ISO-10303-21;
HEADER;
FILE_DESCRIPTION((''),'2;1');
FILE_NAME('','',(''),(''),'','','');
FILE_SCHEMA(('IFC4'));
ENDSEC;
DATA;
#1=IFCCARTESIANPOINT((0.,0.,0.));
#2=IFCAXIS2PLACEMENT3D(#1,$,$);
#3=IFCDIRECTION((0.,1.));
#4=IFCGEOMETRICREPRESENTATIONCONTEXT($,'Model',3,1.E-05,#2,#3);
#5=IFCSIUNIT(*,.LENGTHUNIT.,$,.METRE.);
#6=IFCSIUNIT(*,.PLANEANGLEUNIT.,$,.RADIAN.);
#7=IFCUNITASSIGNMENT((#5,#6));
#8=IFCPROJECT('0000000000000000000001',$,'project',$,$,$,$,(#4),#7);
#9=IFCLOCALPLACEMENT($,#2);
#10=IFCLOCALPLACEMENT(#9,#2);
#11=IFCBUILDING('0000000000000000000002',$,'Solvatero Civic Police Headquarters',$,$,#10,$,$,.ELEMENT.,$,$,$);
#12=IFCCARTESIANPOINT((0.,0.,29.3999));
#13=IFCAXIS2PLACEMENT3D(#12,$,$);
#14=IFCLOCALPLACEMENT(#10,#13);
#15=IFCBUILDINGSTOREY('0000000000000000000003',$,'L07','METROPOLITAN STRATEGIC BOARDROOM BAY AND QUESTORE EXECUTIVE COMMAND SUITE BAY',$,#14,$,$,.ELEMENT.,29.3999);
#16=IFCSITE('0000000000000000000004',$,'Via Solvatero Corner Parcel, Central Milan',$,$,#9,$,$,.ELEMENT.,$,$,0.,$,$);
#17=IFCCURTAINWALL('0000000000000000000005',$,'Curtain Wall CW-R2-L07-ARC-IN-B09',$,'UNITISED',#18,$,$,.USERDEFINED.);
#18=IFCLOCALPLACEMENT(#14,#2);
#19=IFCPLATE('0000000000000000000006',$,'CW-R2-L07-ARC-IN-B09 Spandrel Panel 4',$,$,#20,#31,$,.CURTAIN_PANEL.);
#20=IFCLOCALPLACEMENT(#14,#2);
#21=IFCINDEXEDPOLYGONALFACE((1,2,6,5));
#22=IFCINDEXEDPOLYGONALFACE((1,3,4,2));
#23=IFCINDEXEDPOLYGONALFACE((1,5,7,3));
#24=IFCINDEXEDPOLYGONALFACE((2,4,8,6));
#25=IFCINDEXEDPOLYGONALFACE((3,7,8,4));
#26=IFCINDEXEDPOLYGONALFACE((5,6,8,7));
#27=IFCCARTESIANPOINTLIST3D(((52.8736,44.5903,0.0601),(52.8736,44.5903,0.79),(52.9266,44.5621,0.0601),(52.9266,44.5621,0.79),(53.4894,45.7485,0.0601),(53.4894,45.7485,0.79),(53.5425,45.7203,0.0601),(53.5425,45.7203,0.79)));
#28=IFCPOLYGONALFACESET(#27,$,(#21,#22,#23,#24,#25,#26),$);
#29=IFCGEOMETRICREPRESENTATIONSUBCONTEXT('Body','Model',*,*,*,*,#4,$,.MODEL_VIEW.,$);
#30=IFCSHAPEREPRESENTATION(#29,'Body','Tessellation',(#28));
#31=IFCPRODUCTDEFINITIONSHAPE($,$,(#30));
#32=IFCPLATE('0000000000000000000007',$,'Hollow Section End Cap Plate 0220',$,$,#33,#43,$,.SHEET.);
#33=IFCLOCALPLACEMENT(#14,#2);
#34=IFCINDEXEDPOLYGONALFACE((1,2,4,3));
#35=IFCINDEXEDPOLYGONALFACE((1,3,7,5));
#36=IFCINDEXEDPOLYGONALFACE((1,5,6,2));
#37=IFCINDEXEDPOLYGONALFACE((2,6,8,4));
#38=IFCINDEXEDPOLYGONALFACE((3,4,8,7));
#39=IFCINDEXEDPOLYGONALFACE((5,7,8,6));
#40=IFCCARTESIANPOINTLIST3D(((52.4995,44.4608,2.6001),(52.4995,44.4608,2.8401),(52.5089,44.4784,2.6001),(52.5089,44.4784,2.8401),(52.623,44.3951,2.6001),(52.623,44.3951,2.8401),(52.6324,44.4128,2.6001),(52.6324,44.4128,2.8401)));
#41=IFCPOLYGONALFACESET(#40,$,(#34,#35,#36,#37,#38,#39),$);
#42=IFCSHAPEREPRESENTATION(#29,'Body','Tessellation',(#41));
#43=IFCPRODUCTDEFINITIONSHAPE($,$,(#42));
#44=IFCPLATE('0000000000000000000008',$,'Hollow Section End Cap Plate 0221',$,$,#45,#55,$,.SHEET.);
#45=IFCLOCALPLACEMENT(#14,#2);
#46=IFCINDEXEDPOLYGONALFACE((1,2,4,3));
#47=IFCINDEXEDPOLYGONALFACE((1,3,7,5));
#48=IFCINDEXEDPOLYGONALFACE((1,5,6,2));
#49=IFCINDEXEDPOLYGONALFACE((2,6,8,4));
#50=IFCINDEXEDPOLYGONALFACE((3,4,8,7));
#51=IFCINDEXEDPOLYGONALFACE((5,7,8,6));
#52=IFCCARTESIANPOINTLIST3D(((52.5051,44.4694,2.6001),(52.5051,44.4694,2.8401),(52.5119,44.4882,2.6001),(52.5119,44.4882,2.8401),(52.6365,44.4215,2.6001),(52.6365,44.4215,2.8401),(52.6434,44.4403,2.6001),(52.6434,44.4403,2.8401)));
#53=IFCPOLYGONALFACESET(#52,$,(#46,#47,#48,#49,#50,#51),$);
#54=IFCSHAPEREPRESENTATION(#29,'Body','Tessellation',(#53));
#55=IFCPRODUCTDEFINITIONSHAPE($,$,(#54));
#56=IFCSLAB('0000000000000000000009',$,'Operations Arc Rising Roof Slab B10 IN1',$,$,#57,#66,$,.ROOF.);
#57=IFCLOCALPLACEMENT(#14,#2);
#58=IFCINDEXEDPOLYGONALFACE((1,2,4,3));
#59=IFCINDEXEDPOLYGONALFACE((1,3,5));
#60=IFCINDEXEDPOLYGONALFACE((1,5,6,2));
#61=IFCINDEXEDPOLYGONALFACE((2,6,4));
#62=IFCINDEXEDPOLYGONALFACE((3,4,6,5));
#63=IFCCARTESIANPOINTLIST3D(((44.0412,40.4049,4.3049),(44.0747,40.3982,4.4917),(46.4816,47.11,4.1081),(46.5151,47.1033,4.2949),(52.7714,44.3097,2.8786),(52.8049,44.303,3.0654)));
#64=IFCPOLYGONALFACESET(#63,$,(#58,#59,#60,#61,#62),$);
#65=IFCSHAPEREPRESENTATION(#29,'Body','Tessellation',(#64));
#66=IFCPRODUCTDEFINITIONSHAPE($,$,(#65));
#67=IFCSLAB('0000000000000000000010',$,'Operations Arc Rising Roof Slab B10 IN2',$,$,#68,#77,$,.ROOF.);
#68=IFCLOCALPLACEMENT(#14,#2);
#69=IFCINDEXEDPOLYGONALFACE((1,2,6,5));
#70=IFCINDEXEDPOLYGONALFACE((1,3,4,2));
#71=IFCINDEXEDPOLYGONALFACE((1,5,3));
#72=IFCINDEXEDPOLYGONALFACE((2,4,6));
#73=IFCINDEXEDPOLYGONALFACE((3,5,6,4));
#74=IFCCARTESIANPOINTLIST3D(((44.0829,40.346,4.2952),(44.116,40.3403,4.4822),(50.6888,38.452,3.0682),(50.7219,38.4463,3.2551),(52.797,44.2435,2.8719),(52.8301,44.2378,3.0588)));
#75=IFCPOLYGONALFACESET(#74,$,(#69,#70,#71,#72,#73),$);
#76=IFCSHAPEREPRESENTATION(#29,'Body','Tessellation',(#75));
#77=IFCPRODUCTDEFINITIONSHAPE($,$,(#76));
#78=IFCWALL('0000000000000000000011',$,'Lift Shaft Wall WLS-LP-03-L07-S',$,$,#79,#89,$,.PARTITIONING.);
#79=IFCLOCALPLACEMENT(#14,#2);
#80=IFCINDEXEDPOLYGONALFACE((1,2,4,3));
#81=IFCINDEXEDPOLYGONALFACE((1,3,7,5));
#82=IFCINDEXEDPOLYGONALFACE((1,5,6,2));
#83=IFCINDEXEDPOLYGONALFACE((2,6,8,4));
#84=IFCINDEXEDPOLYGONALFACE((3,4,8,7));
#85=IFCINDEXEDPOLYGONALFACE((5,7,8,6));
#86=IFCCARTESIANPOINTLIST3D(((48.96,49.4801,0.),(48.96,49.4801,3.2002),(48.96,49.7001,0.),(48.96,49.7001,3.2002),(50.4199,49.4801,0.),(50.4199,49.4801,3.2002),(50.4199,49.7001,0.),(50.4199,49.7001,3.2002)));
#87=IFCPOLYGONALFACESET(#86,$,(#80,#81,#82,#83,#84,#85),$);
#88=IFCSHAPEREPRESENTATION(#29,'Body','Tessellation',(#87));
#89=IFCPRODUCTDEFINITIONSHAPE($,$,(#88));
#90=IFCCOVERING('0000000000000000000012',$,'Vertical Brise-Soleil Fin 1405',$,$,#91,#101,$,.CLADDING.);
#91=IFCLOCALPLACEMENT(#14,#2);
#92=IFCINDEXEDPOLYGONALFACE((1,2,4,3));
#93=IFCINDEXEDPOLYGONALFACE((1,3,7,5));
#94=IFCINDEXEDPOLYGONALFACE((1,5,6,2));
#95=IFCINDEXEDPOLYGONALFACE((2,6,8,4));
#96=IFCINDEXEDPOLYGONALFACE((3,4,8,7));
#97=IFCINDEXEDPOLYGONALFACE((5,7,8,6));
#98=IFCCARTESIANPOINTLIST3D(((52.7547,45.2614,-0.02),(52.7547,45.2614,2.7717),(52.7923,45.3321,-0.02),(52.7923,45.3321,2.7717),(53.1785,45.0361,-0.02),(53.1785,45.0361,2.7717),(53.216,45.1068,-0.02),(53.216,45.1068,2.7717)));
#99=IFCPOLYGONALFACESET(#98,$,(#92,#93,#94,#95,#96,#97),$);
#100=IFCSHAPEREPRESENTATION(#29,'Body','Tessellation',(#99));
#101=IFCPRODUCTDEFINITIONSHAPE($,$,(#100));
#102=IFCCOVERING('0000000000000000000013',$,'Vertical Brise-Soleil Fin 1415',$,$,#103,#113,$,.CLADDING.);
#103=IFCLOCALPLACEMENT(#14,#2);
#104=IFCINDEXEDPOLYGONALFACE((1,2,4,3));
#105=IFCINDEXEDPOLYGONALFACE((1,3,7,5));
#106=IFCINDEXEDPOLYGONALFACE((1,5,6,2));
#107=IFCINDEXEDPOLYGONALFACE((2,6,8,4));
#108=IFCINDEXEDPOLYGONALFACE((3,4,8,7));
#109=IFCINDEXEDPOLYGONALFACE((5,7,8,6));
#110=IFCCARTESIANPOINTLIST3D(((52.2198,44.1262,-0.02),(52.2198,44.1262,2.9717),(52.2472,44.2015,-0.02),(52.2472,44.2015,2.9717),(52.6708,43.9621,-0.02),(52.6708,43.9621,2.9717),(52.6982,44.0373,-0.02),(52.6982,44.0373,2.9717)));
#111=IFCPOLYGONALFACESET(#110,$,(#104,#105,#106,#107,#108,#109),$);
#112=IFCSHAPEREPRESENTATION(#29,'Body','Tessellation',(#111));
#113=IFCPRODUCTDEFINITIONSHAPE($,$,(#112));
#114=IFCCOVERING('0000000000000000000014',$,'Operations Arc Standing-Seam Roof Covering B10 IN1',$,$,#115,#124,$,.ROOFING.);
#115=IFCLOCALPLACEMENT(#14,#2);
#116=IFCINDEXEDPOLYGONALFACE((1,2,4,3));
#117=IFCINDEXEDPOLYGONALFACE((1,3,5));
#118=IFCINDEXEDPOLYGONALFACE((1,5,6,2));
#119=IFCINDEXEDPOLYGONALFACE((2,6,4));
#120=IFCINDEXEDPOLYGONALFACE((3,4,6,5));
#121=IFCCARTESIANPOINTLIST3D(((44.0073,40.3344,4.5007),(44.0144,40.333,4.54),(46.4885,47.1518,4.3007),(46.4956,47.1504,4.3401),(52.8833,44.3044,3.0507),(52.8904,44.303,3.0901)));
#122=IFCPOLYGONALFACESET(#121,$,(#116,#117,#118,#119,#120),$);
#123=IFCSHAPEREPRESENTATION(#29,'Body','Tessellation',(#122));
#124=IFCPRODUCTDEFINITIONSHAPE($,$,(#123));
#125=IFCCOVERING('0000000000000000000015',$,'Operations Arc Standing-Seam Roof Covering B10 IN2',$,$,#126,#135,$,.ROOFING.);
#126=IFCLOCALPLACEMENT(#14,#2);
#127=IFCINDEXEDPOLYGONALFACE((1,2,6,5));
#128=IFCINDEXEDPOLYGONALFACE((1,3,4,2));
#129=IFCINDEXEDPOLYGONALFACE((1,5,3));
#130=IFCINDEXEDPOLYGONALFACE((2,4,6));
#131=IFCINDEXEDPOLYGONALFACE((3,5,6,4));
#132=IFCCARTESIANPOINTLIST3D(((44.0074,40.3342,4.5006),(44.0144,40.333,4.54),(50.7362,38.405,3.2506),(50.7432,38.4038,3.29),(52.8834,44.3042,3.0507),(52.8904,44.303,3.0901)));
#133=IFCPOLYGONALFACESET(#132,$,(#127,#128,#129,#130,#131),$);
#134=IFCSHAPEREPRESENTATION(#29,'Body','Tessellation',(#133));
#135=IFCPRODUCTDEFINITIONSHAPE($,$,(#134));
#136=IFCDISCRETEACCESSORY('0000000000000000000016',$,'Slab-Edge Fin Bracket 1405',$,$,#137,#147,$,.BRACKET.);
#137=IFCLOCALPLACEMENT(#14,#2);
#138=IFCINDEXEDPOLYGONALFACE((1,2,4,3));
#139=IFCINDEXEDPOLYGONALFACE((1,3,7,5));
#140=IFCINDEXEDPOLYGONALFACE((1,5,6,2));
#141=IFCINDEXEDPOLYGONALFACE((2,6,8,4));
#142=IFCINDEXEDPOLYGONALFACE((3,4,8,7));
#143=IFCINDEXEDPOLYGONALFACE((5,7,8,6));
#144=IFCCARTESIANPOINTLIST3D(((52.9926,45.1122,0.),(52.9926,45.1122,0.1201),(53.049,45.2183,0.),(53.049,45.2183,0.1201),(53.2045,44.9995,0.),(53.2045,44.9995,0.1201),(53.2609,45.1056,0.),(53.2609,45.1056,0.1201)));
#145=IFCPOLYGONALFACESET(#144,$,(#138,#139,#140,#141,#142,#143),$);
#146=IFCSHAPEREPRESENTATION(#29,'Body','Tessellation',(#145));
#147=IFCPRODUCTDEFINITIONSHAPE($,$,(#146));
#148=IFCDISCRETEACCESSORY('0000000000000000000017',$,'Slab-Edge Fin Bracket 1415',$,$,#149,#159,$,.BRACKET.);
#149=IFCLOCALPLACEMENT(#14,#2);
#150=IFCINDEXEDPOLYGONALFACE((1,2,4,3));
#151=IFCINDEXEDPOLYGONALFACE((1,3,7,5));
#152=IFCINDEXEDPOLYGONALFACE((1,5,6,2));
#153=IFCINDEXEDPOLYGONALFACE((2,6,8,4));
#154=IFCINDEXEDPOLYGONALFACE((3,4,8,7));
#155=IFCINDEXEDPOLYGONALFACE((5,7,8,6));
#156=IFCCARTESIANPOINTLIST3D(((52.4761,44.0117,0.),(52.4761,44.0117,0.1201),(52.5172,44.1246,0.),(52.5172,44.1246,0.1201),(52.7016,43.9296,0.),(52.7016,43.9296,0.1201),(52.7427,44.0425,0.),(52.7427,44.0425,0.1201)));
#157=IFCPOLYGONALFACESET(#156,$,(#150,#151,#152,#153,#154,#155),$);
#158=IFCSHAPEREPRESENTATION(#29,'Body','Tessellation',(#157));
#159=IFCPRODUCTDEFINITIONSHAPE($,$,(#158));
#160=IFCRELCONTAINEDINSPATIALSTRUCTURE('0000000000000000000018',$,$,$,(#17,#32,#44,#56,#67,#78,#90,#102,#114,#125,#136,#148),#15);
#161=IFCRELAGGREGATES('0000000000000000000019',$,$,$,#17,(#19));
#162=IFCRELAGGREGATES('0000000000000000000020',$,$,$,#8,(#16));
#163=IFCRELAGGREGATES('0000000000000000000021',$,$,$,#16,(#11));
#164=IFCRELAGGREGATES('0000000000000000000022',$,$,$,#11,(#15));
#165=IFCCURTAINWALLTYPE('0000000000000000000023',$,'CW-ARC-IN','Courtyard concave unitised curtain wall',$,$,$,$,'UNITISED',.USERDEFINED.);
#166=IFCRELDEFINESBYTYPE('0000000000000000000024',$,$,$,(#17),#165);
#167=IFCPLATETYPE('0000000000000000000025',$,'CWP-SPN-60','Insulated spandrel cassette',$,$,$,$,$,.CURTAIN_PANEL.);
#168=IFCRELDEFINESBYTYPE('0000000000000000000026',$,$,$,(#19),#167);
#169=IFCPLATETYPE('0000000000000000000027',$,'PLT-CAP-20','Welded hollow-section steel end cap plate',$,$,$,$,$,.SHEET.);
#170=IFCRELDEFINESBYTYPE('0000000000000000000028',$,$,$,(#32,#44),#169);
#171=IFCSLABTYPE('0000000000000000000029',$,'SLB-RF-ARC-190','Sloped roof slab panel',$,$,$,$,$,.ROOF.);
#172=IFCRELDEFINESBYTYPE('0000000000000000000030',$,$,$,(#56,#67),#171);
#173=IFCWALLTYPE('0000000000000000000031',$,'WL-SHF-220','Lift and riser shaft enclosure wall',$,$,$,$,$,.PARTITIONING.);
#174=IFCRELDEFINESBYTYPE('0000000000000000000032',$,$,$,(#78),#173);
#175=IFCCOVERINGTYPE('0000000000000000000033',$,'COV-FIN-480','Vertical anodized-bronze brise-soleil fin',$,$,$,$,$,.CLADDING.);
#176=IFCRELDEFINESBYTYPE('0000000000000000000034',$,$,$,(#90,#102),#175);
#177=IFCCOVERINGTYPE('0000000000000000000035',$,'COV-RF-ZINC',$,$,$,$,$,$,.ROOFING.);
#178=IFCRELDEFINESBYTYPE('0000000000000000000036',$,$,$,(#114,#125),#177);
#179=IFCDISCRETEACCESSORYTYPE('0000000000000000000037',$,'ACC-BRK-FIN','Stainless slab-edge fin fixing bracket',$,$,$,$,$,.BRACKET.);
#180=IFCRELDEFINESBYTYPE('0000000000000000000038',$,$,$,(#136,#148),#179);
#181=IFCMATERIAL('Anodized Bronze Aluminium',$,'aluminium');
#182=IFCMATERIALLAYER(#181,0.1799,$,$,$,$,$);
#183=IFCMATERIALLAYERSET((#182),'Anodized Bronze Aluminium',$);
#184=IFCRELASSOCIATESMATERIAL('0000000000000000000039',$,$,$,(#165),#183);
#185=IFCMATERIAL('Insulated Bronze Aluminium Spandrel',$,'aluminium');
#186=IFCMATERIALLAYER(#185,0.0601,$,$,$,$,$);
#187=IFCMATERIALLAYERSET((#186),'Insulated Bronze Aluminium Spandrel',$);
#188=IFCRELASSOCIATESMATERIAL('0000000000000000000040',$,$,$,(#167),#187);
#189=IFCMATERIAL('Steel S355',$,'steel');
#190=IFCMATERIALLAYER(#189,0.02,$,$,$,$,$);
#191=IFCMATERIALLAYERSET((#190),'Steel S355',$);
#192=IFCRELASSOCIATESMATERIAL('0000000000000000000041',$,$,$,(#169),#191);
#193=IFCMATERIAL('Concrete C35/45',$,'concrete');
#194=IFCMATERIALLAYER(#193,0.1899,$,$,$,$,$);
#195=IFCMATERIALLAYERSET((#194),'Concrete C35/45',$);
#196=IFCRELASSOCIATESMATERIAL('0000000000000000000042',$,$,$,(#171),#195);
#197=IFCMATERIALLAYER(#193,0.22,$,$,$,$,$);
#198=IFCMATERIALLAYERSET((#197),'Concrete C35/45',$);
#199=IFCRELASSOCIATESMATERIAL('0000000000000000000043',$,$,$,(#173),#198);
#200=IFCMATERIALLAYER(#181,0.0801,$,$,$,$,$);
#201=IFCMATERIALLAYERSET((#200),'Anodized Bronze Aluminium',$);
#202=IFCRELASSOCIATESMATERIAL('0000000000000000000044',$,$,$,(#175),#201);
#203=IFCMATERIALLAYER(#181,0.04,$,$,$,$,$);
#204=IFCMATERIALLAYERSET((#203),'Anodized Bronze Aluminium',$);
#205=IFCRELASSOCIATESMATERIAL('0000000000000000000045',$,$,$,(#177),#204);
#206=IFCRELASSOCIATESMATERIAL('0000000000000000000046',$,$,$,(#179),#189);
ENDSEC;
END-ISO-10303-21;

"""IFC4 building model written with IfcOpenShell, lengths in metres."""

from ifc_helpers import new_model, si_unit, direction, frame, frame_2d, origin, origin_2d, place, context, subcontext, project, spatial, polyline, rectangle, outline, extrude, material, layer, layer_set, type_object, element, aggregate, save


model = new_model("IFC4")

# Units and contexts
model_context = context("Model", 3, precision=1e-05, world=origin(), true_north=direction((0.0, 1.0)))
body_context = subcontext(model_context, "Body", "Model", "MODEL_VIEW")
ifc_project = project(units=[si_unit("LENGTHUNIT", "METRE"), si_unit("PLANEANGLEUNIT", "RADIAN")], contexts=[model_context])

# Site, building, storey
site_placement = place(None, origin())
site = spatial("IfcSite", under=ifc_project, at=site_placement, Name="Via Solvatero Corner Parcel, Central Milan", CompositionType="ELEMENT", RefElevation=0.0)
building_placement = place(site_placement, origin())
building = spatial("IfcBuilding", under=site, at=building_placement, Name="Solvatero Civic Police Headquarters", CompositionType="ELEMENT")
storey_placement = place(building_placement, frame((0.0, 0.0, 29.3999)))
storey = spatial("IfcBuildingStorey", under=building, at=storey_placement, Name="L07", Description="METROPOLITAN STRATEGIC BOARDROOM BAY AND QUESTORE EXECUTIVE COMMAND SUITE BAY", CompositionType="ELEMENT", Elevation=29.3999)

# Shared definitions
ifc_material_1 = material(Name="Steel S355", Category="steel")

# Curtain wall
ifc_material_2 = material(Name="Anodized Bronze Aluminium", Category="aluminium")
ifc_layer_1 = layer(ifc_material_2, 0.1799)
ifc_layer_set_1 = layer_set([ifc_layer_1], Name="Anodized Bronze Aluminium")
curtain_wall_type = type_object("IfcCurtainWallType", Name="CW-ARC-IN", Description="Courtyard concave unitised curtain wall", ElementType="UNITISED", PredefinedType="USERDEFINED", material=ifc_layer_set_1)
curtain_wall_1_placement = place(storey_placement, origin())
curtain_wall_1 = element("IfcCurtainWall", 1, at=curtain_wall_1_placement, inside=storey, type_object=curtain_wall_type, Name="Curtain Wall CW-R2-L07-ARC-IN-B09", ObjectType="UNITISED", PredefinedType="USERDEFINED")

# Plate
ifc_material_3 = material(Name="Insulated Bronze Aluminium Spandrel", Category="aluminium")
ifc_layer_2 = layer(ifc_material_3, 0.0601)
ifc_layer_set_2 = layer_set([ifc_layer_2], Name="Insulated Bronze Aluminium Spandrel")
plate_type_1 = type_object("IfcPlateType", Name="CWP-SPN-60", Description="Insulated spandrel cassette", PredefinedType="CURTAIN_PANEL", material=ifc_layer_set_2)
plate_placement = place(storey_placement, frame((53.208, 45.1553, 0.0601), z_axis=(0.0, 0.0, 1.0), x_axis=(-0.469487, -0.882939, 0.0)))
plate = element("IfcPlate", 2, at=plate_placement, type_object=plate_type_1, Name="CW-R2-L07-ARC-IN-B09 Spandrel Panel 4", PredefinedType="CURTAIN_PANEL", context=body_context, shape_type="SweptSolid", body=[
    extrude(rectangle(XDim=1.3118, YDim=0.0601, at=origin_2d()), origin(), (0.0, 0.0, 1.0), 0.73),
])
aggregate(curtain_wall_1, [plate])

# Plates
ifc_layer_3 = layer(ifc_material_1, 0.02)
ifc_layer_set_3 = layer_set([ifc_layer_3], Name="Steel S355")
plate_type_2 = type_object("IfcPlateType", Name="PLT-CAP-20", Description="Welded hollow-section steel end cap plate", PredefinedType="SHEET", material=ifc_layer_set_3)
for number, where, z_axis, x_axis, name in (
    (3, (52.5659, 44.4368, 2.6001), (0.0, 0.0, 1.0), (-0.469472, -0.882948, 0.0), "Hollow Section End Cap Plate 0220"),
    (4, (52.5742, 44.4548, 2.6001), (0.0, 0.0, 1.0), (-0.34202, -0.939693, 0.0), "Hollow Section End Cap Plate 0221"),
):
    element("IfcPlate", number, at=place(storey_placement, frame(where, z_axis=z_axis, x_axis=x_axis)), inside=storey, type_object=plate_type_2, Name=name, PredefinedType="SHEET", context=body_context, shape_type="SweptSolid", body=[
        extrude(rectangle(XDim=0.02, YDim=0.1399, at=origin_2d()), origin(), (0.0, 0.0, 1.0), 0.24),
    ])

# Slabs
ifc_material_4 = material(Name="Concrete C35/45", Category="concrete")
ifc_layer_4 = layer(ifc_material_4, 0.1899)
ifc_layer_set_4 = layer_set([ifc_layer_4], Name="Concrete C35/45")
slab_type = type_object("IfcSlabType", Name="SLB-RF-ARC-190", Description="Sloped roof slab panel", PredefinedType="ROOF", material=ifc_layer_set_4)
slab_1_placement = place(storey_placement, frame((52.8049, 44.303, 3.0654), z_axis=(0.176527, -0.035382, 0.98366), x_axis=(-0.902866, -0.403827, 0.147503)))
element("IfcSlab", 5, at=slab_1_placement, inside=storey, type_object=slab_type, Name="Operations Arc Rising Roof Slab B10 IN1", PredefinedType="ROOF", context=body_context, shape_type="SweptSolid", body=[
    extrude(outline(polyline([(0.0, 0.0), (9.6695, 0.0), (4.7294, -5.1525), (0.0, 0.0)])), origin(), (0.0, 0.0, -1.0), 0.1899),
])
slab_2_placement = place(storey_placement, frame((52.8301, 44.2378, 3.0588), z_axis=(0.174207, -0.030054, 0.98425), x_axis=(-0.341878, -0.939205, 0.031832)))
element("IfcSlab", 6, at=slab_2_placement, inside=storey, type_object=slab_type, Name="Operations Arc Rising Roof Slab B10 IN2", PredefinedType="ROOF", context=body_context, shape_type="SweptSolid", body=[
    extrude(outline(polyline([(0.0, 0.0), (6.1664, 0.0), (6.685, -6.9615), (0.0, 0.0)])), origin(), (0.0, 0.0, -1.0), 0.1899),
])

# Wall
ifc_layer_5 = layer(ifc_material_4, 0.22)
ifc_layer_set_5 = layer_set([ifc_layer_5], Name="Concrete C35/45")
wall_type = type_object("IfcWallType", Name="WL-SHF-220", Description="Lift and riser shaft enclosure wall", PredefinedType="PARTITIONING", material=ifc_layer_set_5)
wall_placement = place(storey_placement, frame((48.96, 49.5901, 0.0), z_axis=(0.0, 0.0, 1.0), x_axis=(1.0, 0.0, 0.0)))
element("IfcWall", 7, at=wall_placement, inside=storey, type_object=wall_type, Name="Lift Shaft Wall WLS-LP-03-L07-S", PredefinedType="PARTITIONING", context=body_context, shape_type="SweptSolid", body=[
    extrude(rectangle(XDim=1.46, YDim=0.22, at=frame_2d((0.73, 0.0))), origin(), (0.0, 0.0, 1.0), 3.2002),
])

# Coverings
ifc_layer_6 = layer(ifc_material_2, 0.0801)
ifc_layer_set_6 = layer_set([ifc_layer_6], Name="Anodized Bronze Aluminium")
covering_type_1 = type_object("IfcCoveringType", Name="COV-FIN-480", Description="Vertical anodized-bronze brise-soleil fin", PredefinedType="CLADDING", material=ifc_layer_set_6)
covering_1_placement = place(storey_placement, frame((52.9854, 45.1841, -0.02), z_axis=(0.0, 0.0, 1.0), x_axis=(-0.469487, -0.882939, 0.0)))
element("IfcCovering", 8, at=covering_1_placement, inside=storey, type_object=covering_type_1, Name="Vertical Brise-Soleil Fin 1405", PredefinedType="CLADDING", context=body_context, shape_type="SweptSolid", body=[
    extrude(rectangle(XDim=0.0801, YDim=0.48, at=origin_2d()), origin(), (0.0, 0.0, 1.0), 2.7917),
])
covering_2_placement = place(storey_placement, frame((52.459, 44.0818, -0.02), z_axis=(0.0, 0.0, 1.0), x_axis=(-0.342004, -0.939699, 0.0)))
element("IfcCovering", 9, at=covering_2_placement, inside=storey, type_object=covering_type_1, Name="Vertical Brise-Soleil Fin 1415", PredefinedType="CLADDING", context=body_context, shape_type="SweptSolid", body=[
    extrude(rectangle(XDim=0.0801, YDim=0.48, at=origin_2d()), origin(), (0.0, 0.0, 1.0), 2.9917),
])
ifc_layer_7 = layer(ifc_material_2, 0.04)
ifc_layer_set_7 = layer_set([ifc_layer_7], Name="Anodized Bronze Aluminium")
covering_type_2 = type_object("IfcCoveringType", Name="COV-RF-ZINC", PredefinedType="ROOFING", material=ifc_layer_set_7)
covering_3_placement = place(storey_placement, frame((52.8904, 44.303, 3.0901), z_axis=(0.176518, -0.035394, 0.983661), x_axis=(-0.899305, 0.400435, 0.175789)))
element("IfcCovering", 10, at=covering_3_placement, inside=storey, type_object=covering_type_2, Name="Operations Arc Standing-Seam Roof Covering B10 IN1", PredefinedType="ROOFING", context=body_context, shape_type="SweptSolid", body=[
    extrude(outline(polyline([(0.0, 0.0), (7.1108, 0.0), (6.6474, 7.2428), (0.0, 0.0)])), origin(), (0.0, 0.0, -1.0), 0.04),
])
covering_4_placement = place(storey_placement, frame((52.8904, 44.303, 3.0901), z_axis=(0.174226, -0.030055, 0.984247), x_axis=(-0.902868, -0.403827, 0.14749)))
element("IfcCovering", 11, at=covering_4_placement, inside=storey, type_object=covering_type_2, Name="Operations Arc Standing-Seam Roof Covering B10 IN2", PredefinedType="ROOFING", context=body_context, shape_type="SweptSolid", body=[
    extrude(outline(polyline([(0.0, 0.0), (9.8309, 0.0), (4.3504, 4.5304), (0.0, 0.0)])), origin(), (0.0, 0.0, -1.0), 0.04),
])

# Discrete accessories
discrete_accessory_type = type_object("IfcDiscreteAccessoryType", Name="ACC-BRK-FIN", Description="Stainless slab-edge fin fixing bracket", PredefinedType="BRACKET", material=ifc_material_1)
for number, where, z_axis, x_axis, name in (
    (12, (53.1267, 45.1089, 0.0), (0.0, 0.0, 1.0), (-0.469487, -0.882939, 0.0), "Slab-Edge Fin Bracket 1405"),
    (13, (52.6094, 44.0271, 0.0), (0.0, 0.0, 1.0), (-0.342004, -0.939699, 0.0), "Slab-Edge Fin Bracket 1415"),
):
    element("IfcDiscreteAccessory", number, at=place(storey_placement, frame(where, z_axis=z_axis, x_axis=x_axis)), inside=storey, type_object=discrete_accessory_type, Name=name, PredefinedType="BRACKET", context=body_context, shape_type="SweptSolid", body=[
        extrude(rectangle(XDim=0.1201, YDim=0.24, at=origin_2d()), origin(), (0.0, 0.0, 1.0), 0.1201),
    ])

save(model, "model.ifc")
